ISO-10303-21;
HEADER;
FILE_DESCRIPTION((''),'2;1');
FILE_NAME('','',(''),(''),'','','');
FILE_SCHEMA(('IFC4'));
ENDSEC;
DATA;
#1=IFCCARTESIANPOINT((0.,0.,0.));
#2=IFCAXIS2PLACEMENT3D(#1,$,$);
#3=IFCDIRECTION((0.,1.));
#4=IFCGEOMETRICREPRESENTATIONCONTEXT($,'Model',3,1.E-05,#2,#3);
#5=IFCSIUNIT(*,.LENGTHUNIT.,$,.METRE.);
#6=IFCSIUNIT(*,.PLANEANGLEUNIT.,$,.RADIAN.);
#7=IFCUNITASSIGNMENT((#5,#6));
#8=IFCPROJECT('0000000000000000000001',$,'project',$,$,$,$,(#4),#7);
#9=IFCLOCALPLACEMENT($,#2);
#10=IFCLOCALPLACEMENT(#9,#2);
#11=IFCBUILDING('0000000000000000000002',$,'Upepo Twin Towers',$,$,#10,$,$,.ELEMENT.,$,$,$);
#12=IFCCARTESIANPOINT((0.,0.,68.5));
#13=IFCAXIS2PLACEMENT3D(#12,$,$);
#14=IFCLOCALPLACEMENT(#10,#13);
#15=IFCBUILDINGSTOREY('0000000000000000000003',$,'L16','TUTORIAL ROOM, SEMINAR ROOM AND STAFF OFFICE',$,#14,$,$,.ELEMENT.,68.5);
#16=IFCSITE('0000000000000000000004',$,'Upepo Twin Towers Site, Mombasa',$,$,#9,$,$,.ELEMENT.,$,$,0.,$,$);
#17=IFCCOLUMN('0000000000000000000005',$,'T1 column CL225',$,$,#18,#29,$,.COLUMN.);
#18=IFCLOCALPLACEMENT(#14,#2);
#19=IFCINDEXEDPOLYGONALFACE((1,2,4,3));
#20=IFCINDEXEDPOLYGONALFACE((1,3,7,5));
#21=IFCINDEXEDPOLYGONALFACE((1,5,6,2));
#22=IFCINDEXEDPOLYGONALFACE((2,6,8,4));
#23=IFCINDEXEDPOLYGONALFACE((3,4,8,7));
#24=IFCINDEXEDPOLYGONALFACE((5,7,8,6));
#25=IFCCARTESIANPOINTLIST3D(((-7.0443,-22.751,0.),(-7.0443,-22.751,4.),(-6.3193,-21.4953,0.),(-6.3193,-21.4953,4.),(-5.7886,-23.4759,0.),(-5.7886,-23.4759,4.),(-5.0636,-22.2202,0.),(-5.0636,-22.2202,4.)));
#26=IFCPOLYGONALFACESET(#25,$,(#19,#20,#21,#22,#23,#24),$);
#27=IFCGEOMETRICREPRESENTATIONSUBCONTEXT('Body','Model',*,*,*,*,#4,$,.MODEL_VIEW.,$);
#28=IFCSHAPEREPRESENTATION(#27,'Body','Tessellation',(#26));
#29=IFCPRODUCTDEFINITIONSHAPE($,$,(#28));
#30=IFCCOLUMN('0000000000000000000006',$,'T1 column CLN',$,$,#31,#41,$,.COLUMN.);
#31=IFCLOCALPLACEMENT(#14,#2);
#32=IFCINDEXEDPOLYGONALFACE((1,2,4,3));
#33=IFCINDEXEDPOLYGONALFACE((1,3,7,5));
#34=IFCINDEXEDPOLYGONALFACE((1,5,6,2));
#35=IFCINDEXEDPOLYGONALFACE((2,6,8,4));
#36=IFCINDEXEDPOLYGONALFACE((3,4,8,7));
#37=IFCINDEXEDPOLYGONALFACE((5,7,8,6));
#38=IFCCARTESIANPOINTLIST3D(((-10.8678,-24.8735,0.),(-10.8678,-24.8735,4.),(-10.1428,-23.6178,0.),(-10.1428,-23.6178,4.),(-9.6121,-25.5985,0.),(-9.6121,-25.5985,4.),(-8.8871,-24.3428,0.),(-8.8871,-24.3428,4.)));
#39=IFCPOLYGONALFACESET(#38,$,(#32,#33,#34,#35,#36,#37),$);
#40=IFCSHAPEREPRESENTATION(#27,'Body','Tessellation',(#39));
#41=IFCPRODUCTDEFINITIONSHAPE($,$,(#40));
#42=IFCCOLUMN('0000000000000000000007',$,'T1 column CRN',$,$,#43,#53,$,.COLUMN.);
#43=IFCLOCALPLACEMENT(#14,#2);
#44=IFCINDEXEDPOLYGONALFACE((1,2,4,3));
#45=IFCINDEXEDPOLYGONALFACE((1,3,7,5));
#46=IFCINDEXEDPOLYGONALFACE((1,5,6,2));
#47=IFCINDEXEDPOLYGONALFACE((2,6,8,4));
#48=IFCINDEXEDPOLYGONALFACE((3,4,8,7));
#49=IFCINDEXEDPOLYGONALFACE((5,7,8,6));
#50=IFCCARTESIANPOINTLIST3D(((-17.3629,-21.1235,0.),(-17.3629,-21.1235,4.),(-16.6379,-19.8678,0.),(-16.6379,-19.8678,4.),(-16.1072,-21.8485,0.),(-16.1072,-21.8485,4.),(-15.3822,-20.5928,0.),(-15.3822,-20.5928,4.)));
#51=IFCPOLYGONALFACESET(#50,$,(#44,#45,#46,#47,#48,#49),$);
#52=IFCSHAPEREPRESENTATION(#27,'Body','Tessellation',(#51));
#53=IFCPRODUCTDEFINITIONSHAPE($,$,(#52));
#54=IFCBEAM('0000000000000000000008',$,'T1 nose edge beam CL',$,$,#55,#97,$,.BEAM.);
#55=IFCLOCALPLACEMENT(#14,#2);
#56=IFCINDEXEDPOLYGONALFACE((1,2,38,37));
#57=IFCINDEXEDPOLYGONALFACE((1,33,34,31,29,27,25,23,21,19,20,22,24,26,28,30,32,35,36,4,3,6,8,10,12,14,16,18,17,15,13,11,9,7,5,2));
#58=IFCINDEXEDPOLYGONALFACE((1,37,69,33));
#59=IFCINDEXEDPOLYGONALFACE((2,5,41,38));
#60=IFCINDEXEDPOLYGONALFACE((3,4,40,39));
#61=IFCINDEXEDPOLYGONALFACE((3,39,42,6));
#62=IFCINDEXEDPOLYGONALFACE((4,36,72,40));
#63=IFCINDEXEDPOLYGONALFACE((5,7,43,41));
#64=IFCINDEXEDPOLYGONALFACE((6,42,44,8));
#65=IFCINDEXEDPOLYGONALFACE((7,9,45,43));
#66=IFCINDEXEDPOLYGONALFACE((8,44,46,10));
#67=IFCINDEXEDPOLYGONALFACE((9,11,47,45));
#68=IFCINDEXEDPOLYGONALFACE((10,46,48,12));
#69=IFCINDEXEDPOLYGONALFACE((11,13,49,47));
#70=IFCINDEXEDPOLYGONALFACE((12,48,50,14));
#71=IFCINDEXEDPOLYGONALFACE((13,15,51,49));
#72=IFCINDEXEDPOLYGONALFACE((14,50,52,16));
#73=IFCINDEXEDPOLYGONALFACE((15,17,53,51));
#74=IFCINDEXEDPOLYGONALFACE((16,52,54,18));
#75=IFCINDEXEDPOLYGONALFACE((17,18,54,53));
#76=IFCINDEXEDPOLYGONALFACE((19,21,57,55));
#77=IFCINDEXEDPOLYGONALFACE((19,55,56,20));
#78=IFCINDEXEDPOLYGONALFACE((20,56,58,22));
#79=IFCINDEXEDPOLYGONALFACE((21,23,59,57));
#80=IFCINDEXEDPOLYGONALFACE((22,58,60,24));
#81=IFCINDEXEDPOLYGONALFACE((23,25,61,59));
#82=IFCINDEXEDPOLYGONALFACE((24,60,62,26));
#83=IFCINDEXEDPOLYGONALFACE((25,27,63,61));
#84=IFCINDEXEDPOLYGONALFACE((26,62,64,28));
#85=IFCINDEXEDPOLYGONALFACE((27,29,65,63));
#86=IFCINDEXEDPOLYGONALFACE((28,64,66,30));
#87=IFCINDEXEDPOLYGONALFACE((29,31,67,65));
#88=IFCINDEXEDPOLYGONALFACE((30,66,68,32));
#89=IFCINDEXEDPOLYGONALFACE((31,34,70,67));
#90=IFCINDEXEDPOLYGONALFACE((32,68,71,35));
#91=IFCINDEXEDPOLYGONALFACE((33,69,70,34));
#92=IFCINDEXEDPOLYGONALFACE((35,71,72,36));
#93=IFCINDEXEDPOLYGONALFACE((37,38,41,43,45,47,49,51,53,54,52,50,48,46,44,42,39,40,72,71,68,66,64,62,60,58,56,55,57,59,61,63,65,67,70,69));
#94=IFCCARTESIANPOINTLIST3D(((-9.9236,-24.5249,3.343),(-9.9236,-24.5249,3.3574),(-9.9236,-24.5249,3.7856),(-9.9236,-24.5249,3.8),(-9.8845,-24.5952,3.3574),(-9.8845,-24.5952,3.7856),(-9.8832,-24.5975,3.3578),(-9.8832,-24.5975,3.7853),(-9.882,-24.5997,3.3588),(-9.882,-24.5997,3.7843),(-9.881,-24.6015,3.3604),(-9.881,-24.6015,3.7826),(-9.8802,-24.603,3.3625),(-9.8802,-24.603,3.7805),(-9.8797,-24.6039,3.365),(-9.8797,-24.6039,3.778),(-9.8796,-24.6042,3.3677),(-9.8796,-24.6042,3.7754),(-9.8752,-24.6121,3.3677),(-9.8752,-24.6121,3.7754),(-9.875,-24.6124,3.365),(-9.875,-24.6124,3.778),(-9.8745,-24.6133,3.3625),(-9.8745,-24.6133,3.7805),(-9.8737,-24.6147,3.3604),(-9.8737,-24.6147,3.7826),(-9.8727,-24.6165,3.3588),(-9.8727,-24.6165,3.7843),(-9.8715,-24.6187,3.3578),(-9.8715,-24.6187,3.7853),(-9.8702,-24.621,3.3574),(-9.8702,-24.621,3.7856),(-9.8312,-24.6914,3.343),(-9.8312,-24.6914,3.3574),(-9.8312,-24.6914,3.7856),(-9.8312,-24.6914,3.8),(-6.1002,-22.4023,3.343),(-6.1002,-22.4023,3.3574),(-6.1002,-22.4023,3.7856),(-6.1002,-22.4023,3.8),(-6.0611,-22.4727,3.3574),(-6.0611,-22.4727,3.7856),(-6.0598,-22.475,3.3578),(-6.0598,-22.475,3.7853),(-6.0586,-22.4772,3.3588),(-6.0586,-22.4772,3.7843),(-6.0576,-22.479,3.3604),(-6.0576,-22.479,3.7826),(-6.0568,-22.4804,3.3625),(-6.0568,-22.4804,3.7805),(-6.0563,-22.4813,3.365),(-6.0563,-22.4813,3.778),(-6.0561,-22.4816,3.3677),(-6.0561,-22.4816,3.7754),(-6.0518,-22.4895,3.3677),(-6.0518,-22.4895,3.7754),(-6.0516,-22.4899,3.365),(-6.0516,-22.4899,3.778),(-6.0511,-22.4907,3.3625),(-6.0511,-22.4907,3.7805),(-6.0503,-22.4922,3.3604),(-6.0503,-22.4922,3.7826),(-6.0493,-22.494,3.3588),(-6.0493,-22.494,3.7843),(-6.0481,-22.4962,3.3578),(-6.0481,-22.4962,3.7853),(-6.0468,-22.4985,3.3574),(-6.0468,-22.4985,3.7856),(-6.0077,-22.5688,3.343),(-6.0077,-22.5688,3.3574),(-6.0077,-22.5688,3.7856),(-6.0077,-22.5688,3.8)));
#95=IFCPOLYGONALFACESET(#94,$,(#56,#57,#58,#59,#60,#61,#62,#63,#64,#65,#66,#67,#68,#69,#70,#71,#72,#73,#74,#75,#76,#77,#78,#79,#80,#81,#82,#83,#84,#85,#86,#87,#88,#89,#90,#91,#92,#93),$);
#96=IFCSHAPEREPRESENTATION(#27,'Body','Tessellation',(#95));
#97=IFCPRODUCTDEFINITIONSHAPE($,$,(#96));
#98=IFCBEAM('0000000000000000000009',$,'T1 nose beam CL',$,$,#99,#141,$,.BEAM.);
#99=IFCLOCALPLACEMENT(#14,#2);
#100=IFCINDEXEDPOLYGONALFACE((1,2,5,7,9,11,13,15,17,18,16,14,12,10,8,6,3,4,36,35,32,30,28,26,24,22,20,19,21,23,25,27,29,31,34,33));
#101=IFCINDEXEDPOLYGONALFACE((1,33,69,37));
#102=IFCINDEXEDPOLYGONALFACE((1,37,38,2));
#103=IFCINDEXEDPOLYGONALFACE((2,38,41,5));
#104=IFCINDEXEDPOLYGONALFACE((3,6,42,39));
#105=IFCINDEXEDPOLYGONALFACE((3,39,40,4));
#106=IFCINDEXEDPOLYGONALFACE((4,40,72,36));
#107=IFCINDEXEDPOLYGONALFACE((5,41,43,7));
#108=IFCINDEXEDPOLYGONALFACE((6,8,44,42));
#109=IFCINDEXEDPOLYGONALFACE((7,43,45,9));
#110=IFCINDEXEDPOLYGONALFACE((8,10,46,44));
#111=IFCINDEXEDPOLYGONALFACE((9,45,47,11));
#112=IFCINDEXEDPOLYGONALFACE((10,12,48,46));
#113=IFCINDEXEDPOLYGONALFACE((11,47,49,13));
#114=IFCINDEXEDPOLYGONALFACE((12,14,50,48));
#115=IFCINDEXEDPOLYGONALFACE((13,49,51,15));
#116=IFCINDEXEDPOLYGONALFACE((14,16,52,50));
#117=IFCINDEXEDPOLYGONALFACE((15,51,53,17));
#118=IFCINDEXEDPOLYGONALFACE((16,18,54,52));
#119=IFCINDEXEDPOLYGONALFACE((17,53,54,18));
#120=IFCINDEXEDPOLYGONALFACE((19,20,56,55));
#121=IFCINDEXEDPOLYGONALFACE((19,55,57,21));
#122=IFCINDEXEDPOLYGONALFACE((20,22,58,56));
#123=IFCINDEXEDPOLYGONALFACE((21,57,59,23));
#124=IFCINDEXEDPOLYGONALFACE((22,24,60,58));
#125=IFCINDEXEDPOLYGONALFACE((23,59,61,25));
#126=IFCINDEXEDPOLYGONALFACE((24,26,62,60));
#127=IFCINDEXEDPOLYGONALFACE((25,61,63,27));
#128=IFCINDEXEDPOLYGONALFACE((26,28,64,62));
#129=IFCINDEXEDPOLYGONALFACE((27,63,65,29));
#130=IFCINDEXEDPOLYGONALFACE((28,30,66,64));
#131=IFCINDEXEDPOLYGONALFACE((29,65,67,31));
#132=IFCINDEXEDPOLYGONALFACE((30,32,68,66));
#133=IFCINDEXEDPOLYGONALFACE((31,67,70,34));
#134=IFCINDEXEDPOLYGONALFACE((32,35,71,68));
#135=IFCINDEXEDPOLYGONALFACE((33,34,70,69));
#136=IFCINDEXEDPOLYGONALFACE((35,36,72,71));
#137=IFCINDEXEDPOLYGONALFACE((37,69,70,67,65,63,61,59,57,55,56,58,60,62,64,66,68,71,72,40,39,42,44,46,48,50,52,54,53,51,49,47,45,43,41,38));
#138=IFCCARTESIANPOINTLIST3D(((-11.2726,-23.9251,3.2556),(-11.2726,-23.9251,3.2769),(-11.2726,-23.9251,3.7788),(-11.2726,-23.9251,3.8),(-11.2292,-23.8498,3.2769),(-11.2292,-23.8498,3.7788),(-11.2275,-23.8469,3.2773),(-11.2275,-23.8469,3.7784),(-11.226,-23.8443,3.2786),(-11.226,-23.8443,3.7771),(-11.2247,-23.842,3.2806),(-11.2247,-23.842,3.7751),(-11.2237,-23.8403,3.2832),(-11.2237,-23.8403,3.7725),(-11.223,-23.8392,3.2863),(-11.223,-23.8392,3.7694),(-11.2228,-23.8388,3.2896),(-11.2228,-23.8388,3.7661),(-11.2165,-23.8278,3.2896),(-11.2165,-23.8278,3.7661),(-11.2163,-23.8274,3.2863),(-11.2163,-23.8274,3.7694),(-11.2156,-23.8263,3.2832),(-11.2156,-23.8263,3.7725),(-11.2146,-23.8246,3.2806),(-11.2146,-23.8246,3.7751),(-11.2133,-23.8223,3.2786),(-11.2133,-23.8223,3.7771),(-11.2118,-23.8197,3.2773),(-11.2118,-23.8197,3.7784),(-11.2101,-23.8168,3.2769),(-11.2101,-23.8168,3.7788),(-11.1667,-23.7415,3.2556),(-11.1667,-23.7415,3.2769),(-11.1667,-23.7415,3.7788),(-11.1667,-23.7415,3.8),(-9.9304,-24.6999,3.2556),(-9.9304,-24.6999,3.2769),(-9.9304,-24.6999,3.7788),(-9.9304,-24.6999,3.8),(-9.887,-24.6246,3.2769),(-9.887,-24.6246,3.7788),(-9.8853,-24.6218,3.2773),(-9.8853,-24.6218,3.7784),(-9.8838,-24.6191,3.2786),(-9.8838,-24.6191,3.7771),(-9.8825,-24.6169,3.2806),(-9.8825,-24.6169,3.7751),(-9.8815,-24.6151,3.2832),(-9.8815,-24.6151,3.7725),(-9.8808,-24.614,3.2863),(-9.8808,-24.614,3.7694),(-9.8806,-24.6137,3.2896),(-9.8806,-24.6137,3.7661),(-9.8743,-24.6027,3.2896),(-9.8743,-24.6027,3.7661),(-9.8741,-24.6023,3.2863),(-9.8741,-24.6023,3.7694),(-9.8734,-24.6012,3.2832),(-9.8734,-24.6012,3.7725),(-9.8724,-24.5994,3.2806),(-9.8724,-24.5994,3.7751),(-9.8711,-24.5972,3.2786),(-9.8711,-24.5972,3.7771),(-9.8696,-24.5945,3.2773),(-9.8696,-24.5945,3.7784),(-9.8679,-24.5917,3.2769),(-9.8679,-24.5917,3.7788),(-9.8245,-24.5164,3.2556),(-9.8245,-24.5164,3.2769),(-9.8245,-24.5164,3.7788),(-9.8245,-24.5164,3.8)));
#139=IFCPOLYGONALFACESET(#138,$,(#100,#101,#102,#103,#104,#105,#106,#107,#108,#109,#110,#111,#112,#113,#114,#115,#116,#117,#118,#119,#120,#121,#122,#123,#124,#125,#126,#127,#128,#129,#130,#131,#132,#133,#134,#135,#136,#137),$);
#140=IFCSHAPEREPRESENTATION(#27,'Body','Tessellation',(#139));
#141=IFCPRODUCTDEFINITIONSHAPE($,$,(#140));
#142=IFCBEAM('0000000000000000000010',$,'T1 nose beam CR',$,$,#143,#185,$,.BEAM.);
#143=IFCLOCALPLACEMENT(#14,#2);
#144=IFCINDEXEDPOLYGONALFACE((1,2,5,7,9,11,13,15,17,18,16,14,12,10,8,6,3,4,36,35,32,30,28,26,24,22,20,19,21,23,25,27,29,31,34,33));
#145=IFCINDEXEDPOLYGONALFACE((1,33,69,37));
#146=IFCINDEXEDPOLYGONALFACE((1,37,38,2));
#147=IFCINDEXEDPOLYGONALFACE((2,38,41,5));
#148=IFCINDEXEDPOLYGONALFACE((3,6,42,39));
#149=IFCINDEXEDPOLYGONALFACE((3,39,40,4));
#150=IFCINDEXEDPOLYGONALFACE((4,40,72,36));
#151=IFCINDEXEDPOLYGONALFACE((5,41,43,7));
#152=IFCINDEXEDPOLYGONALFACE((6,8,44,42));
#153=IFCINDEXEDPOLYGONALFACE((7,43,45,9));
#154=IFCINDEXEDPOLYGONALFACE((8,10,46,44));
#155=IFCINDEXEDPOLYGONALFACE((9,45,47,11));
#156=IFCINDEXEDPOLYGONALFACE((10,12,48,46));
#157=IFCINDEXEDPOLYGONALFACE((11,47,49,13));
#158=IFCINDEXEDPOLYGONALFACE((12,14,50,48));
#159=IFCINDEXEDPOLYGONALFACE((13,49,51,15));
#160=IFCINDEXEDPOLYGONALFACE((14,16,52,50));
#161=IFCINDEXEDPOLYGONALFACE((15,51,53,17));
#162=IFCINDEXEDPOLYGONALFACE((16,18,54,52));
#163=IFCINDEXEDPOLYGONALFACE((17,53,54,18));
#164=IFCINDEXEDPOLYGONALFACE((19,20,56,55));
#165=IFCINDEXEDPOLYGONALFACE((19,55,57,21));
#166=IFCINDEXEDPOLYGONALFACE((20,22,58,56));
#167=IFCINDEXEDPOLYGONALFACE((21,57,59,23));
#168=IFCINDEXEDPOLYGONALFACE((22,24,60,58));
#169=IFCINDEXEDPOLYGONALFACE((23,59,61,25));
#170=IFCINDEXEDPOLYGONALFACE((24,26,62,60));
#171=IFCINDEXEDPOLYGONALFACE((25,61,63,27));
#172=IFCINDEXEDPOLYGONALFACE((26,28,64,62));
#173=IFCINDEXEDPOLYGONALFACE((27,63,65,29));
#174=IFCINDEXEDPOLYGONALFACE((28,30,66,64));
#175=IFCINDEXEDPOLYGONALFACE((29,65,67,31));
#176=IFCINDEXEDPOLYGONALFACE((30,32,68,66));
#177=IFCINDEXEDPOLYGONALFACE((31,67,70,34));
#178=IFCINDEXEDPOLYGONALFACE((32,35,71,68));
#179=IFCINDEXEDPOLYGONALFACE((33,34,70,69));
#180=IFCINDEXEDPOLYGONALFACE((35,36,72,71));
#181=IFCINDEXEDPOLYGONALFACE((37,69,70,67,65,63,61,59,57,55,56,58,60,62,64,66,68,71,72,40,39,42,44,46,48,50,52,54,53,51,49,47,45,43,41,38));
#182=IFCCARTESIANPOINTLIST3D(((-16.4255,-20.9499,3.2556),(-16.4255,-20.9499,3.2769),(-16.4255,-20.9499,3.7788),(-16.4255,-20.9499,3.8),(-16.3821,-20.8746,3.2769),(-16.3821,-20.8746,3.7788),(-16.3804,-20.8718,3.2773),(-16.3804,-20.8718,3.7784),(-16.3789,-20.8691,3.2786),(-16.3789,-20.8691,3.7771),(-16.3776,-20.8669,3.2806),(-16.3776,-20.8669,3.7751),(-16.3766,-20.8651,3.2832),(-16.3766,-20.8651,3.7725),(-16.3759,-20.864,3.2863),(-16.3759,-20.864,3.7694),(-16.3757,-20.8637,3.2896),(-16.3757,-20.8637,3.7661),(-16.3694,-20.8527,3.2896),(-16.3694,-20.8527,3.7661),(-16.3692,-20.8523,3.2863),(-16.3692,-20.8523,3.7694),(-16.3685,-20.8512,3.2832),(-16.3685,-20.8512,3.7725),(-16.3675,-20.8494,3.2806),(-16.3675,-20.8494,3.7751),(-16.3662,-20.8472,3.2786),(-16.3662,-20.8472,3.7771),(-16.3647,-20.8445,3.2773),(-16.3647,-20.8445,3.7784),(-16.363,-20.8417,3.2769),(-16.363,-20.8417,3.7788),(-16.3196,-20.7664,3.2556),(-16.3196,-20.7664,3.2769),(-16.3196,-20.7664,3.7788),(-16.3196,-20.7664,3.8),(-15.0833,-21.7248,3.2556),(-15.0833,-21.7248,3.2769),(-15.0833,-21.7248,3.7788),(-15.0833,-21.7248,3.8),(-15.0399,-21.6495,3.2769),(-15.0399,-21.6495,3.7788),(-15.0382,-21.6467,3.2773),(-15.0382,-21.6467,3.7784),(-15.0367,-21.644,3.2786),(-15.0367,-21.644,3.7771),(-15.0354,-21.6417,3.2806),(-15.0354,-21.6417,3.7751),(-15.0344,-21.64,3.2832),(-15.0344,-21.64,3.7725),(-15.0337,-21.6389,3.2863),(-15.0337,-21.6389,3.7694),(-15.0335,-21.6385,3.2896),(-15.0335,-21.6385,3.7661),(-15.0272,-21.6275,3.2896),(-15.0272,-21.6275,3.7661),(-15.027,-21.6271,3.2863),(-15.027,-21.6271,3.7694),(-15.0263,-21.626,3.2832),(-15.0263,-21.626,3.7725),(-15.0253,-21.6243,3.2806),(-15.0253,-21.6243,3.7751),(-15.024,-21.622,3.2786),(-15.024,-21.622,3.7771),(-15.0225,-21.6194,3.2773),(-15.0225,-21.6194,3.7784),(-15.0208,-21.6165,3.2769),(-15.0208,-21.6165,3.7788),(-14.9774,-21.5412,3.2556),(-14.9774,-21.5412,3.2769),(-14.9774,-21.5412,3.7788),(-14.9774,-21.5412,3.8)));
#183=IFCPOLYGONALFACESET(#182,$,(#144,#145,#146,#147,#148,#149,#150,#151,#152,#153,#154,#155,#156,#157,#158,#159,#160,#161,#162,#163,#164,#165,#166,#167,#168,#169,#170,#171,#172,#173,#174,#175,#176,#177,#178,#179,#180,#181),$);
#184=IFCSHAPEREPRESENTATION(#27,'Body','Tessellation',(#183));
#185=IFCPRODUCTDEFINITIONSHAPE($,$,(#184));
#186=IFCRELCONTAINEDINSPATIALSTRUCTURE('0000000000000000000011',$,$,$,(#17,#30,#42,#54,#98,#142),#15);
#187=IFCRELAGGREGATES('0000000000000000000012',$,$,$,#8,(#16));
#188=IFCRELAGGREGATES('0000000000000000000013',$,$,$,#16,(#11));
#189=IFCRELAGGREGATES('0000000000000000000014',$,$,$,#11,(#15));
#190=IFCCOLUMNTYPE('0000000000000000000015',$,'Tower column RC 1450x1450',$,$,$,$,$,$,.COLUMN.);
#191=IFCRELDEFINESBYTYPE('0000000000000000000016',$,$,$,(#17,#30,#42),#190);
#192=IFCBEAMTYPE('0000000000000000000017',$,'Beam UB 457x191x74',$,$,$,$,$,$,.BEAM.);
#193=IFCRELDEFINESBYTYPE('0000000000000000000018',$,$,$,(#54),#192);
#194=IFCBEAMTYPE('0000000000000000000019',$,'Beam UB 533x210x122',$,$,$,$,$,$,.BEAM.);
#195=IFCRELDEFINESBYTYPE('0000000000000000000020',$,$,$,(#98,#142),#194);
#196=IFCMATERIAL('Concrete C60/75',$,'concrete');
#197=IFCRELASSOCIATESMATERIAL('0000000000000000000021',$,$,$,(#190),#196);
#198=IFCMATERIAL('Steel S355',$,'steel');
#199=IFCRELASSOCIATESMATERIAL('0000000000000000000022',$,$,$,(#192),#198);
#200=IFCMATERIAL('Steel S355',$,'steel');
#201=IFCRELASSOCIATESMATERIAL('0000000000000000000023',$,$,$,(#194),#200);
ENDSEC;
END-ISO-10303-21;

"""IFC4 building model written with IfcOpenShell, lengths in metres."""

from ifc_helpers import new_model, si_unit, direction, frame, origin, origin_2d, place, context, subcontext, project, spatial, rectangle, i_section, extrude, material, material_profile, profile_set, type_object, element, save


model = new_model("IFC4")

# Units and contexts
model_context = context("Model", 3, precision=1e-05, world=origin(), true_north=direction((0.0, 1.0)))
body_context = subcontext(model_context, "Body", "Model", "MODEL_VIEW")
ifc_project = project(units=[si_unit("LENGTHUNIT", "METRE"), si_unit("PLANEANGLEUNIT", "RADIAN")], contexts=[model_context])

# Site, building, storey
site_placement = place(None, origin())
site = spatial("IfcSite", under=ifc_project, at=site_placement, Name="Upepo Twin Towers Site, Mombasa", CompositionType="ELEMENT", RefElevation=0.0)
building_placement = place(site_placement, origin())
building = spatial("IfcBuilding", under=site, at=building_placement, Name="Upepo Twin Towers", CompositionType="ELEMENT")
storey_placement = place(building_placement, frame((0.0, 0.0, 68.5)))
storey = spatial("IfcBuildingStorey", under=building, at=storey_placement, Name="L16", Description="TUTORIAL ROOM, SEMINAR ROOM AND STAFF OFFICE", CompositionType="ELEMENT", Elevation=68.5)

# Columns
ifc_material_1 = material(Name="Concrete C60/75", Category="concrete")
ifc_material_profile_1 = material_profile(ifc_material_1, rectangle(XDim=1.45, YDim=1.45, at=origin_2d()), Name="RC 1450x1450")
ifc_profile_set_1 = profile_set([ifc_material_profile_1], Name="Concrete C60/75")
column_type = type_object("IfcColumnType", Name="Tower column RC 1450x1450", PredefinedType="COLUMN", material=ifc_profile_set_1)
for number, where, z_axis, x_axis, name in (
    (1, (-6.054, -22.4856, 0.0), (0.0, 0.0, 1.0), (0.5, 0.866025, 0.0), "T1 column CL225"),
    (2, (-9.8774, -24.6082, 0.0), (0.0, 0.0, 1.0), (0.5, 0.866025, 0.0), "T1 column CLN"),
    (3, (-16.3726, -20.8582, 0.0), (0.0, 0.0, 1.0), (0.5, 0.866025, 0.0), "T1 column CRN"),
):
    element("IfcColumn", number, at=place(storey_placement, frame(where, z_axis=z_axis, x_axis=x_axis)), inside=storey, type_object=column_type, Name=name, PredefinedType="COLUMN", context=body_context, shape_type="SweptSolid", body=[
        extrude(rectangle(XDim=1.45, YDim=1.45, at=origin_2d()), origin(), (0.0, 0.0, 1.0), 4.0),
    ])

# Beams
ifc_material_2 = material(Name="Steel S355", Category="steel")
ifc_material_profile_2 = material_profile(ifc_material_2, i_section(OverallWidth=0.1904, OverallDepth=0.457, WebThickness=0.009, FlangeThickness=0.0144, FilletRadius=0.0103, at=origin_2d()), Name="UB 457x191x74")
ifc_profile_set_2 = profile_set([ifc_material_profile_2], Name="Steel S355")
beam_type_1 = type_object("IfcBeamType", Name="Beam UB 457x191x74", PredefinedType="BEAM", material=ifc_profile_set_2)
beam_1_placement = place(storey_placement, frame((-6.054, -22.4856, 3.5715), z_axis=(-0.874313, -0.485363, 0.0), x_axis=(0.485363, -0.874313, 0.0)))
element("IfcBeam", 4, at=beam_1_placement, inside=storey, type_object=beam_type_1, Name="T1 nose edge beam CL", PredefinedType="BEAM", context=body_context, shape_type="SweptSolid", body=[
    extrude(i_section(OverallWidth=0.1904, OverallDepth=0.457, WebThickness=0.009, FlangeThickness=0.0144, FilletRadius=0.0103, at=origin_2d()), origin(), (0.0, 0.0, 1.0), 4.373),
])
ifc_material_3 = material(Name="Steel S355", Category="steel")
ifc_material_profile_3 = material_profile(ifc_material_3, i_section(OverallWidth=0.2119, OverallDepth=0.5444, WebThickness=0.0127, FlangeThickness=0.0212, FilletRadius=0.0127, at=origin_2d()), Name="UB 533x210x122")
ifc_profile_set_3 = profile_set([ifc_material_profile_3], Name="Steel S355")
beam_type_2 = type_object("IfcBeamType", Name="Beam UB 533x210x122", PredefinedType="BEAM", material=ifc_profile_set_3)
for number, where, z_axis, x_axis, name in (
    (5, (-9.8774, -24.6082, 3.5278), (-0.866044, 0.499968, 0.0), (-0.499968, -0.866044, 0.0), "T1 nose beam CL"),
    (6, (-16.3726, -20.8582, 3.5278), (0.866044, -0.499968, 0.0), (0.499968, 0.866044, 0.0), "T1 nose beam CR"),
):
    element("IfcBeam", number, at=place(storey_placement, frame(where, z_axis=z_axis, x_axis=x_axis)), inside=storey, type_object=beam_type_2, Name=name, PredefinedType="BEAM", context=body_context, shape_type="SweptSolid", body=[
        extrude(i_section(OverallWidth=0.2119, OverallDepth=0.5444, WebThickness=0.0127, FlangeThickness=0.0212, FilletRadius=0.0127, at=origin_2d()), origin(), (0.0, 0.0, 1.0), 1.5498),
    ])

save(model, "model.ifc")
